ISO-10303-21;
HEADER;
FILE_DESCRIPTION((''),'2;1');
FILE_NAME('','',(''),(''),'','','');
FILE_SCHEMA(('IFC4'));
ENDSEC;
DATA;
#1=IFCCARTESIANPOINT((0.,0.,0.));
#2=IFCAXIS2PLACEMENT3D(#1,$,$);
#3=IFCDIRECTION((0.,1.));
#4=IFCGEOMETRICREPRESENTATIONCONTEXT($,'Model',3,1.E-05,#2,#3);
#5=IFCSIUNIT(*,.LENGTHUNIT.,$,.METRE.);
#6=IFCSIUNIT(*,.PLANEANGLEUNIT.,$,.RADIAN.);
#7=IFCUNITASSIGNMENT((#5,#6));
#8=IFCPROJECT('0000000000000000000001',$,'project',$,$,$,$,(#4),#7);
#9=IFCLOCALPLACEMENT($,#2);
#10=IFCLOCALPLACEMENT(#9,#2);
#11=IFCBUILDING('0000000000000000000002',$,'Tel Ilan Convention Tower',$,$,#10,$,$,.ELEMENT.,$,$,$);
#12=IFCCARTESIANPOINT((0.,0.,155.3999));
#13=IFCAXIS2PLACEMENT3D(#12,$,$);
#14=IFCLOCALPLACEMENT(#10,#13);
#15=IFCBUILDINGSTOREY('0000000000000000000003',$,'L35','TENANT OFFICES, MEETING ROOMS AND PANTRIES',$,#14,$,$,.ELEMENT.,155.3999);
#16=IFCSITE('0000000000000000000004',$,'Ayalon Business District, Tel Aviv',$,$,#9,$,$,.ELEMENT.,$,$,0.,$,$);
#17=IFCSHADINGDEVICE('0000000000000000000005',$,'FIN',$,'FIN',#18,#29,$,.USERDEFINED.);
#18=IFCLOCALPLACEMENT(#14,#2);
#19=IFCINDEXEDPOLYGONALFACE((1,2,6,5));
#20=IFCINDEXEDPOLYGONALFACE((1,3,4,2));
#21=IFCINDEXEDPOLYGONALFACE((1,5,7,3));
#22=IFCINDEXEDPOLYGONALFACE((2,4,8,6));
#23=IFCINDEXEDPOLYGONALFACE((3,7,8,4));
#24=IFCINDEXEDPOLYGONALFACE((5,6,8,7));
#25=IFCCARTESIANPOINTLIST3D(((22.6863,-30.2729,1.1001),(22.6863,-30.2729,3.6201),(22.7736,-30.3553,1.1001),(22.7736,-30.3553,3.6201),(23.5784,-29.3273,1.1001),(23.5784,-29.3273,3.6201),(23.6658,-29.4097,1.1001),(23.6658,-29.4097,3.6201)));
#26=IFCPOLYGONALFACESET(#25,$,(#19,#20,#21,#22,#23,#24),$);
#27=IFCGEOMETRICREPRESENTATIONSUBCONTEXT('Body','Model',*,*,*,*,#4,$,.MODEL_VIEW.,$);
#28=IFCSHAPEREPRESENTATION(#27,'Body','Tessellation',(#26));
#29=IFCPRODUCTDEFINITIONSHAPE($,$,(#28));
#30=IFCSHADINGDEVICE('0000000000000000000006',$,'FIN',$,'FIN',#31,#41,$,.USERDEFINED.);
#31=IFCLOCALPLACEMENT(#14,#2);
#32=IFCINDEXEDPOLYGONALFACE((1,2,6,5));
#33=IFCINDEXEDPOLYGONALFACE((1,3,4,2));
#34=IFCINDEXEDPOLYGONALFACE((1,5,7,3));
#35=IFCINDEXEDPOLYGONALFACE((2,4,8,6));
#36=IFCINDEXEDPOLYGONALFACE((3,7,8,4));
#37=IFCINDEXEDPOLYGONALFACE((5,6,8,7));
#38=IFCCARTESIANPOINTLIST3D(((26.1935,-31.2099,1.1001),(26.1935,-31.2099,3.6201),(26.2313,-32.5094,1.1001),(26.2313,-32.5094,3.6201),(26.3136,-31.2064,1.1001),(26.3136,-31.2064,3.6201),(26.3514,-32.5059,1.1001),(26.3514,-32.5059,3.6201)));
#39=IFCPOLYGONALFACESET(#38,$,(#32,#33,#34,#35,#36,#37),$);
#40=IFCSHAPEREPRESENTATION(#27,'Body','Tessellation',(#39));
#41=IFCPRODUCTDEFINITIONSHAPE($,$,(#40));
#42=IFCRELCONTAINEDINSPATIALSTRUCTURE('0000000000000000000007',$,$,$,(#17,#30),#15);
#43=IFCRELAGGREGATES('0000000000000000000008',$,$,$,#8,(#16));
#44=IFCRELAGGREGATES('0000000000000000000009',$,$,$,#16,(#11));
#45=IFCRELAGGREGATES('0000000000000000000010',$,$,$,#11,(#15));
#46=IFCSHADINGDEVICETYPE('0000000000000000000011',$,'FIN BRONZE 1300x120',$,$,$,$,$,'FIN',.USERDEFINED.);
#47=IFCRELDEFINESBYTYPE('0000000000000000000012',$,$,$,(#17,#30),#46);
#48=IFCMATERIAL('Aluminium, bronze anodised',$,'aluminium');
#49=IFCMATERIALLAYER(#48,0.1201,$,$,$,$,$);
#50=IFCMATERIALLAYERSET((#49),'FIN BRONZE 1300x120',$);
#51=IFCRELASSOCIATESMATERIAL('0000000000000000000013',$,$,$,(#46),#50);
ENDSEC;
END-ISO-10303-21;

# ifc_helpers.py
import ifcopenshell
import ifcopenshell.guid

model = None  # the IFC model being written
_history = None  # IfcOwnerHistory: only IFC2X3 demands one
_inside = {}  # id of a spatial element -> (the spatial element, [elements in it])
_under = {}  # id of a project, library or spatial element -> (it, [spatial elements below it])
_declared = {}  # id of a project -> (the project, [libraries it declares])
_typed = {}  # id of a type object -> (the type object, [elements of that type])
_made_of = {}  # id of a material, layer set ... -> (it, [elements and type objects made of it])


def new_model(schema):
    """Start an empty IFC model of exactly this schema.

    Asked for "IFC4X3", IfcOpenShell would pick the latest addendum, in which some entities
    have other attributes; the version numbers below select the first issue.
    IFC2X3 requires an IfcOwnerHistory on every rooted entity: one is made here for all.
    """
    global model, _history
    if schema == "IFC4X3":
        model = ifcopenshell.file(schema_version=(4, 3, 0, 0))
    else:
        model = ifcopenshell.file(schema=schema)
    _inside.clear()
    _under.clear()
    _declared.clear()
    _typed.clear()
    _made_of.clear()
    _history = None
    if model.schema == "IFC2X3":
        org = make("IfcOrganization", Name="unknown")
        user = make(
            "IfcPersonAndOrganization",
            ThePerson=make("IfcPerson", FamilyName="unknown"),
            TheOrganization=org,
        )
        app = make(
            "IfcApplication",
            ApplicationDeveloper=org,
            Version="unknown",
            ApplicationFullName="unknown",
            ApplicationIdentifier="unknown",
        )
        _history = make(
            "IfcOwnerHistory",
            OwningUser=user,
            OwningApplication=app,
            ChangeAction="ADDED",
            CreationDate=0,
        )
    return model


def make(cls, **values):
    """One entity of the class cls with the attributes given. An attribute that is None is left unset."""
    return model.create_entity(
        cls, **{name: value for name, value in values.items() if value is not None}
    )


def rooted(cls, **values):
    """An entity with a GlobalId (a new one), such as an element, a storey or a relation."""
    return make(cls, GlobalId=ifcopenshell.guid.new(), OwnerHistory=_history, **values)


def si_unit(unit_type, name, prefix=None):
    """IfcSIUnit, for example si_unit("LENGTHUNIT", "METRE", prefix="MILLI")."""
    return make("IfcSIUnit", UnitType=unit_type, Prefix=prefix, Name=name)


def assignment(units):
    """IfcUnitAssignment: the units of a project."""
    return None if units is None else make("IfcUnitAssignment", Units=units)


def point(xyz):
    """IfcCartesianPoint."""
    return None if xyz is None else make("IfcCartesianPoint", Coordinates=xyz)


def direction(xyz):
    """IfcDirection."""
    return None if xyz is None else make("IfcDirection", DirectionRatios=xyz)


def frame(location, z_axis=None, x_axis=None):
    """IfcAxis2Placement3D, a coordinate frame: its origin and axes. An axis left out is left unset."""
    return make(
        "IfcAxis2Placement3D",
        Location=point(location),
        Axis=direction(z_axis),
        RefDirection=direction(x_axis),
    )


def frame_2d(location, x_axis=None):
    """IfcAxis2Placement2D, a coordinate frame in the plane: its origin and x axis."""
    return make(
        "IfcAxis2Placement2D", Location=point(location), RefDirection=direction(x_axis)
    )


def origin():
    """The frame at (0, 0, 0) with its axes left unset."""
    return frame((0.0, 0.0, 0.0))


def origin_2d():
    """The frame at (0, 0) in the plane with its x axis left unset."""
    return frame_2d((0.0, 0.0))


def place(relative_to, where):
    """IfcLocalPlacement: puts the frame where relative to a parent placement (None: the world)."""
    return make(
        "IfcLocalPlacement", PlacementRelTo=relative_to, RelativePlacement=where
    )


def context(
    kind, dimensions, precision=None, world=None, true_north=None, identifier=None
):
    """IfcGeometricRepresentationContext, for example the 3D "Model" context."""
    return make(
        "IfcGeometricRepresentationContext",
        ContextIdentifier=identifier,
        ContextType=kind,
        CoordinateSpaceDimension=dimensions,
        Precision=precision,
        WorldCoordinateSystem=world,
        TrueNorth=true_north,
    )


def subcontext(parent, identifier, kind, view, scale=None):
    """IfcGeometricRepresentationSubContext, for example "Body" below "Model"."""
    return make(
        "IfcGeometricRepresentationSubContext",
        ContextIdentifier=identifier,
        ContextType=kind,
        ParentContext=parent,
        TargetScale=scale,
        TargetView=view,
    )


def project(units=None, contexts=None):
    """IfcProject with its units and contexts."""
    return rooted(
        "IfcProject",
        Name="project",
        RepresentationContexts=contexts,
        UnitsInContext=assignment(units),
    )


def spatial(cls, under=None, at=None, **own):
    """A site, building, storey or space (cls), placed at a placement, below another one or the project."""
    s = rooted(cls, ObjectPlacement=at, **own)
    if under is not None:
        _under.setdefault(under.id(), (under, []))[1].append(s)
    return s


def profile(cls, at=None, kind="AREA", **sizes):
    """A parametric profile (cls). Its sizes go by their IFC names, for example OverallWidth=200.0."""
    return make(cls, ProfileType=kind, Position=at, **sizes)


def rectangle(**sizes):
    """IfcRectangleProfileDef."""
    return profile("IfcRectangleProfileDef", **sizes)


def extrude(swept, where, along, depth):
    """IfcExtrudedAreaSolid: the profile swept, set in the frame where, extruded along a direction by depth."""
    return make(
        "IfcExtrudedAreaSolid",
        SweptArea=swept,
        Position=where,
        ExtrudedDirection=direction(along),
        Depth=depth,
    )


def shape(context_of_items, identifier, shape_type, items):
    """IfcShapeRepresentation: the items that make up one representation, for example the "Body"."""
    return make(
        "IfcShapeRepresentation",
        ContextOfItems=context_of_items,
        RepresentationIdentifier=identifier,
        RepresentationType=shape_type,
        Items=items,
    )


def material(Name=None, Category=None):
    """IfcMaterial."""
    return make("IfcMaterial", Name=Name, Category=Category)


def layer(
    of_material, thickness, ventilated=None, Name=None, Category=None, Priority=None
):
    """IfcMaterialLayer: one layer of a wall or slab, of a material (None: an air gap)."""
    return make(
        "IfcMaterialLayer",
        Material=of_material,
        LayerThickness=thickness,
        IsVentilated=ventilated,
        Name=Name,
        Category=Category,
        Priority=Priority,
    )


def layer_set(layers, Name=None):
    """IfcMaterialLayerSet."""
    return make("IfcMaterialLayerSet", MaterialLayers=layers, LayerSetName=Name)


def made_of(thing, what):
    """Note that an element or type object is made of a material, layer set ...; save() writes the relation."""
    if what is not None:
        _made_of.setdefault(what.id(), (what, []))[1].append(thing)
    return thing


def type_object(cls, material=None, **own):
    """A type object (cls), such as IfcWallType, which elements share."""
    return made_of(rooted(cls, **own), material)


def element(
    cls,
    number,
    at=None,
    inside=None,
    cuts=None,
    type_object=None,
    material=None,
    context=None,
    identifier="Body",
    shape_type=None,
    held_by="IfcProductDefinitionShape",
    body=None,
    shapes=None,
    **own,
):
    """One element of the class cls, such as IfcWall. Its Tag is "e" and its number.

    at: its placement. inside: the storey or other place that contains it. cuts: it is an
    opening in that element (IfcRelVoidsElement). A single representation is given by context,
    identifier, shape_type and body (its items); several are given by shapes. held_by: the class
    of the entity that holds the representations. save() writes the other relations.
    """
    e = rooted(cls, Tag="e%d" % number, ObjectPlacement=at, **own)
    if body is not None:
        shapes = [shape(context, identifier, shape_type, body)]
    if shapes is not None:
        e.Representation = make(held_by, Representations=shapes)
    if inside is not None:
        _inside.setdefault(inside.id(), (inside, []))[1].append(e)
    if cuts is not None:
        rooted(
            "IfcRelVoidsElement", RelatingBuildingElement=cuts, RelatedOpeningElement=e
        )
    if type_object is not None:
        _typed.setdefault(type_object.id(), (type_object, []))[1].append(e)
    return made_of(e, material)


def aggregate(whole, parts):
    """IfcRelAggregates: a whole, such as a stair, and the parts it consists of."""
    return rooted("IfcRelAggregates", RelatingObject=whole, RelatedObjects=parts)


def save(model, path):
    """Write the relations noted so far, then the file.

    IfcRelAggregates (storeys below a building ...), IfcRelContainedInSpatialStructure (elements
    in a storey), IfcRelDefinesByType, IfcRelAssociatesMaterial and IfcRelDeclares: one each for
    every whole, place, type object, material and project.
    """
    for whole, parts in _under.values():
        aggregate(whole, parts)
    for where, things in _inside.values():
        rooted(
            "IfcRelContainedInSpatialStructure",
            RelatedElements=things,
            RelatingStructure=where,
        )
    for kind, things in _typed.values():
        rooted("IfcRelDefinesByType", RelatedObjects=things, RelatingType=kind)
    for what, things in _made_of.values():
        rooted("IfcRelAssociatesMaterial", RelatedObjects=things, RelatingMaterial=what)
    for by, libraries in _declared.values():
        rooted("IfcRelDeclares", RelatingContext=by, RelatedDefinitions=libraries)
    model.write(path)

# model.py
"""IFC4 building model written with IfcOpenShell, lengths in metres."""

from ifc_helpers import new_model, si_unit, direction, frame, origin, origin_2d, place, context, subcontext, project, spatial, rectangle, extrude, material, layer, layer_set, type_object, element, save


model = new_model("IFC4")

# Units and contexts
model_context = context("Model", 3, precision=1e-05, world=origin(), true_north=direction((0.0, 1.0)))
body_context = subcontext(model_context, "Body", "Model", "MODEL_VIEW")
ifc_project = project(units=[si_unit("LENGTHUNIT", "METRE"), si_unit("PLANEANGLEUNIT", "RADIAN")], contexts=[model_context])

# Site, building, storey
site_placement = place(None, origin())
site = spatial("IfcSite", under=ifc_project, at=site_placement, Name="Ayalon Business District, Tel Aviv", CompositionType="ELEMENT", RefElevation=0.0)
building_placement = place(site_placement, origin())
building = spatial("IfcBuilding", under=site, at=building_placement, Name="Tel Ilan Convention Tower", CompositionType="ELEMENT")
storey_placement = place(building_placement, frame((0.0, 0.0, 155.3999)))
storey = spatial("IfcBuildingStorey", under=building, at=storey_placement, Name="L35", Description="TENANT OFFICES, MEETING ROOMS AND PANTRIES", CompositionType="ELEMENT", Elevation=155.3999)

# Shading devices
ifc_material_1 = material(Name="Aluminium, bronze anodised", Category="aluminium")
ifc_layer_1 = layer(ifc_material_1, 0.1201)
ifc_layer_set_1 = layer_set([ifc_layer_1], Name="FIN BRONZE 1300x120")
shading_device_type = type_object("IfcShadingDeviceType", Name="FIN BRONZE 1300x120", ElementType="FIN", PredefinedType="USERDEFINED", material=ifc_layer_set_1)
for number, where, z_axis, x_axis, name in (
    (1, (23.176, -29.8413, 1.1001), (0.0, 0.0, 1.0), (-0.686242, -0.727374, 0.0), "FIN"),
    (2, (26.2725, -31.8579, 1.1001), (0.0, 0.0, 1.0), (0.029085, -0.999577, 0.0), "FIN"),
):
    element("IfcShadingDevice", number, at=place(storey_placement, frame(where, z_axis=z_axis, x_axis=x_axis)), inside=storey, type_object=shading_device_type, Name=name, ObjectType="FIN", PredefinedType="USERDEFINED", context=body_context, shape_type="SweptSolid", body=[
        extrude(rectangle(XDim=1.3, YDim=0.1201, at=origin_2d()), origin(), (0.0, 0.0, 1.0), 2.52),
    ])

save(model, "model.ifc")
